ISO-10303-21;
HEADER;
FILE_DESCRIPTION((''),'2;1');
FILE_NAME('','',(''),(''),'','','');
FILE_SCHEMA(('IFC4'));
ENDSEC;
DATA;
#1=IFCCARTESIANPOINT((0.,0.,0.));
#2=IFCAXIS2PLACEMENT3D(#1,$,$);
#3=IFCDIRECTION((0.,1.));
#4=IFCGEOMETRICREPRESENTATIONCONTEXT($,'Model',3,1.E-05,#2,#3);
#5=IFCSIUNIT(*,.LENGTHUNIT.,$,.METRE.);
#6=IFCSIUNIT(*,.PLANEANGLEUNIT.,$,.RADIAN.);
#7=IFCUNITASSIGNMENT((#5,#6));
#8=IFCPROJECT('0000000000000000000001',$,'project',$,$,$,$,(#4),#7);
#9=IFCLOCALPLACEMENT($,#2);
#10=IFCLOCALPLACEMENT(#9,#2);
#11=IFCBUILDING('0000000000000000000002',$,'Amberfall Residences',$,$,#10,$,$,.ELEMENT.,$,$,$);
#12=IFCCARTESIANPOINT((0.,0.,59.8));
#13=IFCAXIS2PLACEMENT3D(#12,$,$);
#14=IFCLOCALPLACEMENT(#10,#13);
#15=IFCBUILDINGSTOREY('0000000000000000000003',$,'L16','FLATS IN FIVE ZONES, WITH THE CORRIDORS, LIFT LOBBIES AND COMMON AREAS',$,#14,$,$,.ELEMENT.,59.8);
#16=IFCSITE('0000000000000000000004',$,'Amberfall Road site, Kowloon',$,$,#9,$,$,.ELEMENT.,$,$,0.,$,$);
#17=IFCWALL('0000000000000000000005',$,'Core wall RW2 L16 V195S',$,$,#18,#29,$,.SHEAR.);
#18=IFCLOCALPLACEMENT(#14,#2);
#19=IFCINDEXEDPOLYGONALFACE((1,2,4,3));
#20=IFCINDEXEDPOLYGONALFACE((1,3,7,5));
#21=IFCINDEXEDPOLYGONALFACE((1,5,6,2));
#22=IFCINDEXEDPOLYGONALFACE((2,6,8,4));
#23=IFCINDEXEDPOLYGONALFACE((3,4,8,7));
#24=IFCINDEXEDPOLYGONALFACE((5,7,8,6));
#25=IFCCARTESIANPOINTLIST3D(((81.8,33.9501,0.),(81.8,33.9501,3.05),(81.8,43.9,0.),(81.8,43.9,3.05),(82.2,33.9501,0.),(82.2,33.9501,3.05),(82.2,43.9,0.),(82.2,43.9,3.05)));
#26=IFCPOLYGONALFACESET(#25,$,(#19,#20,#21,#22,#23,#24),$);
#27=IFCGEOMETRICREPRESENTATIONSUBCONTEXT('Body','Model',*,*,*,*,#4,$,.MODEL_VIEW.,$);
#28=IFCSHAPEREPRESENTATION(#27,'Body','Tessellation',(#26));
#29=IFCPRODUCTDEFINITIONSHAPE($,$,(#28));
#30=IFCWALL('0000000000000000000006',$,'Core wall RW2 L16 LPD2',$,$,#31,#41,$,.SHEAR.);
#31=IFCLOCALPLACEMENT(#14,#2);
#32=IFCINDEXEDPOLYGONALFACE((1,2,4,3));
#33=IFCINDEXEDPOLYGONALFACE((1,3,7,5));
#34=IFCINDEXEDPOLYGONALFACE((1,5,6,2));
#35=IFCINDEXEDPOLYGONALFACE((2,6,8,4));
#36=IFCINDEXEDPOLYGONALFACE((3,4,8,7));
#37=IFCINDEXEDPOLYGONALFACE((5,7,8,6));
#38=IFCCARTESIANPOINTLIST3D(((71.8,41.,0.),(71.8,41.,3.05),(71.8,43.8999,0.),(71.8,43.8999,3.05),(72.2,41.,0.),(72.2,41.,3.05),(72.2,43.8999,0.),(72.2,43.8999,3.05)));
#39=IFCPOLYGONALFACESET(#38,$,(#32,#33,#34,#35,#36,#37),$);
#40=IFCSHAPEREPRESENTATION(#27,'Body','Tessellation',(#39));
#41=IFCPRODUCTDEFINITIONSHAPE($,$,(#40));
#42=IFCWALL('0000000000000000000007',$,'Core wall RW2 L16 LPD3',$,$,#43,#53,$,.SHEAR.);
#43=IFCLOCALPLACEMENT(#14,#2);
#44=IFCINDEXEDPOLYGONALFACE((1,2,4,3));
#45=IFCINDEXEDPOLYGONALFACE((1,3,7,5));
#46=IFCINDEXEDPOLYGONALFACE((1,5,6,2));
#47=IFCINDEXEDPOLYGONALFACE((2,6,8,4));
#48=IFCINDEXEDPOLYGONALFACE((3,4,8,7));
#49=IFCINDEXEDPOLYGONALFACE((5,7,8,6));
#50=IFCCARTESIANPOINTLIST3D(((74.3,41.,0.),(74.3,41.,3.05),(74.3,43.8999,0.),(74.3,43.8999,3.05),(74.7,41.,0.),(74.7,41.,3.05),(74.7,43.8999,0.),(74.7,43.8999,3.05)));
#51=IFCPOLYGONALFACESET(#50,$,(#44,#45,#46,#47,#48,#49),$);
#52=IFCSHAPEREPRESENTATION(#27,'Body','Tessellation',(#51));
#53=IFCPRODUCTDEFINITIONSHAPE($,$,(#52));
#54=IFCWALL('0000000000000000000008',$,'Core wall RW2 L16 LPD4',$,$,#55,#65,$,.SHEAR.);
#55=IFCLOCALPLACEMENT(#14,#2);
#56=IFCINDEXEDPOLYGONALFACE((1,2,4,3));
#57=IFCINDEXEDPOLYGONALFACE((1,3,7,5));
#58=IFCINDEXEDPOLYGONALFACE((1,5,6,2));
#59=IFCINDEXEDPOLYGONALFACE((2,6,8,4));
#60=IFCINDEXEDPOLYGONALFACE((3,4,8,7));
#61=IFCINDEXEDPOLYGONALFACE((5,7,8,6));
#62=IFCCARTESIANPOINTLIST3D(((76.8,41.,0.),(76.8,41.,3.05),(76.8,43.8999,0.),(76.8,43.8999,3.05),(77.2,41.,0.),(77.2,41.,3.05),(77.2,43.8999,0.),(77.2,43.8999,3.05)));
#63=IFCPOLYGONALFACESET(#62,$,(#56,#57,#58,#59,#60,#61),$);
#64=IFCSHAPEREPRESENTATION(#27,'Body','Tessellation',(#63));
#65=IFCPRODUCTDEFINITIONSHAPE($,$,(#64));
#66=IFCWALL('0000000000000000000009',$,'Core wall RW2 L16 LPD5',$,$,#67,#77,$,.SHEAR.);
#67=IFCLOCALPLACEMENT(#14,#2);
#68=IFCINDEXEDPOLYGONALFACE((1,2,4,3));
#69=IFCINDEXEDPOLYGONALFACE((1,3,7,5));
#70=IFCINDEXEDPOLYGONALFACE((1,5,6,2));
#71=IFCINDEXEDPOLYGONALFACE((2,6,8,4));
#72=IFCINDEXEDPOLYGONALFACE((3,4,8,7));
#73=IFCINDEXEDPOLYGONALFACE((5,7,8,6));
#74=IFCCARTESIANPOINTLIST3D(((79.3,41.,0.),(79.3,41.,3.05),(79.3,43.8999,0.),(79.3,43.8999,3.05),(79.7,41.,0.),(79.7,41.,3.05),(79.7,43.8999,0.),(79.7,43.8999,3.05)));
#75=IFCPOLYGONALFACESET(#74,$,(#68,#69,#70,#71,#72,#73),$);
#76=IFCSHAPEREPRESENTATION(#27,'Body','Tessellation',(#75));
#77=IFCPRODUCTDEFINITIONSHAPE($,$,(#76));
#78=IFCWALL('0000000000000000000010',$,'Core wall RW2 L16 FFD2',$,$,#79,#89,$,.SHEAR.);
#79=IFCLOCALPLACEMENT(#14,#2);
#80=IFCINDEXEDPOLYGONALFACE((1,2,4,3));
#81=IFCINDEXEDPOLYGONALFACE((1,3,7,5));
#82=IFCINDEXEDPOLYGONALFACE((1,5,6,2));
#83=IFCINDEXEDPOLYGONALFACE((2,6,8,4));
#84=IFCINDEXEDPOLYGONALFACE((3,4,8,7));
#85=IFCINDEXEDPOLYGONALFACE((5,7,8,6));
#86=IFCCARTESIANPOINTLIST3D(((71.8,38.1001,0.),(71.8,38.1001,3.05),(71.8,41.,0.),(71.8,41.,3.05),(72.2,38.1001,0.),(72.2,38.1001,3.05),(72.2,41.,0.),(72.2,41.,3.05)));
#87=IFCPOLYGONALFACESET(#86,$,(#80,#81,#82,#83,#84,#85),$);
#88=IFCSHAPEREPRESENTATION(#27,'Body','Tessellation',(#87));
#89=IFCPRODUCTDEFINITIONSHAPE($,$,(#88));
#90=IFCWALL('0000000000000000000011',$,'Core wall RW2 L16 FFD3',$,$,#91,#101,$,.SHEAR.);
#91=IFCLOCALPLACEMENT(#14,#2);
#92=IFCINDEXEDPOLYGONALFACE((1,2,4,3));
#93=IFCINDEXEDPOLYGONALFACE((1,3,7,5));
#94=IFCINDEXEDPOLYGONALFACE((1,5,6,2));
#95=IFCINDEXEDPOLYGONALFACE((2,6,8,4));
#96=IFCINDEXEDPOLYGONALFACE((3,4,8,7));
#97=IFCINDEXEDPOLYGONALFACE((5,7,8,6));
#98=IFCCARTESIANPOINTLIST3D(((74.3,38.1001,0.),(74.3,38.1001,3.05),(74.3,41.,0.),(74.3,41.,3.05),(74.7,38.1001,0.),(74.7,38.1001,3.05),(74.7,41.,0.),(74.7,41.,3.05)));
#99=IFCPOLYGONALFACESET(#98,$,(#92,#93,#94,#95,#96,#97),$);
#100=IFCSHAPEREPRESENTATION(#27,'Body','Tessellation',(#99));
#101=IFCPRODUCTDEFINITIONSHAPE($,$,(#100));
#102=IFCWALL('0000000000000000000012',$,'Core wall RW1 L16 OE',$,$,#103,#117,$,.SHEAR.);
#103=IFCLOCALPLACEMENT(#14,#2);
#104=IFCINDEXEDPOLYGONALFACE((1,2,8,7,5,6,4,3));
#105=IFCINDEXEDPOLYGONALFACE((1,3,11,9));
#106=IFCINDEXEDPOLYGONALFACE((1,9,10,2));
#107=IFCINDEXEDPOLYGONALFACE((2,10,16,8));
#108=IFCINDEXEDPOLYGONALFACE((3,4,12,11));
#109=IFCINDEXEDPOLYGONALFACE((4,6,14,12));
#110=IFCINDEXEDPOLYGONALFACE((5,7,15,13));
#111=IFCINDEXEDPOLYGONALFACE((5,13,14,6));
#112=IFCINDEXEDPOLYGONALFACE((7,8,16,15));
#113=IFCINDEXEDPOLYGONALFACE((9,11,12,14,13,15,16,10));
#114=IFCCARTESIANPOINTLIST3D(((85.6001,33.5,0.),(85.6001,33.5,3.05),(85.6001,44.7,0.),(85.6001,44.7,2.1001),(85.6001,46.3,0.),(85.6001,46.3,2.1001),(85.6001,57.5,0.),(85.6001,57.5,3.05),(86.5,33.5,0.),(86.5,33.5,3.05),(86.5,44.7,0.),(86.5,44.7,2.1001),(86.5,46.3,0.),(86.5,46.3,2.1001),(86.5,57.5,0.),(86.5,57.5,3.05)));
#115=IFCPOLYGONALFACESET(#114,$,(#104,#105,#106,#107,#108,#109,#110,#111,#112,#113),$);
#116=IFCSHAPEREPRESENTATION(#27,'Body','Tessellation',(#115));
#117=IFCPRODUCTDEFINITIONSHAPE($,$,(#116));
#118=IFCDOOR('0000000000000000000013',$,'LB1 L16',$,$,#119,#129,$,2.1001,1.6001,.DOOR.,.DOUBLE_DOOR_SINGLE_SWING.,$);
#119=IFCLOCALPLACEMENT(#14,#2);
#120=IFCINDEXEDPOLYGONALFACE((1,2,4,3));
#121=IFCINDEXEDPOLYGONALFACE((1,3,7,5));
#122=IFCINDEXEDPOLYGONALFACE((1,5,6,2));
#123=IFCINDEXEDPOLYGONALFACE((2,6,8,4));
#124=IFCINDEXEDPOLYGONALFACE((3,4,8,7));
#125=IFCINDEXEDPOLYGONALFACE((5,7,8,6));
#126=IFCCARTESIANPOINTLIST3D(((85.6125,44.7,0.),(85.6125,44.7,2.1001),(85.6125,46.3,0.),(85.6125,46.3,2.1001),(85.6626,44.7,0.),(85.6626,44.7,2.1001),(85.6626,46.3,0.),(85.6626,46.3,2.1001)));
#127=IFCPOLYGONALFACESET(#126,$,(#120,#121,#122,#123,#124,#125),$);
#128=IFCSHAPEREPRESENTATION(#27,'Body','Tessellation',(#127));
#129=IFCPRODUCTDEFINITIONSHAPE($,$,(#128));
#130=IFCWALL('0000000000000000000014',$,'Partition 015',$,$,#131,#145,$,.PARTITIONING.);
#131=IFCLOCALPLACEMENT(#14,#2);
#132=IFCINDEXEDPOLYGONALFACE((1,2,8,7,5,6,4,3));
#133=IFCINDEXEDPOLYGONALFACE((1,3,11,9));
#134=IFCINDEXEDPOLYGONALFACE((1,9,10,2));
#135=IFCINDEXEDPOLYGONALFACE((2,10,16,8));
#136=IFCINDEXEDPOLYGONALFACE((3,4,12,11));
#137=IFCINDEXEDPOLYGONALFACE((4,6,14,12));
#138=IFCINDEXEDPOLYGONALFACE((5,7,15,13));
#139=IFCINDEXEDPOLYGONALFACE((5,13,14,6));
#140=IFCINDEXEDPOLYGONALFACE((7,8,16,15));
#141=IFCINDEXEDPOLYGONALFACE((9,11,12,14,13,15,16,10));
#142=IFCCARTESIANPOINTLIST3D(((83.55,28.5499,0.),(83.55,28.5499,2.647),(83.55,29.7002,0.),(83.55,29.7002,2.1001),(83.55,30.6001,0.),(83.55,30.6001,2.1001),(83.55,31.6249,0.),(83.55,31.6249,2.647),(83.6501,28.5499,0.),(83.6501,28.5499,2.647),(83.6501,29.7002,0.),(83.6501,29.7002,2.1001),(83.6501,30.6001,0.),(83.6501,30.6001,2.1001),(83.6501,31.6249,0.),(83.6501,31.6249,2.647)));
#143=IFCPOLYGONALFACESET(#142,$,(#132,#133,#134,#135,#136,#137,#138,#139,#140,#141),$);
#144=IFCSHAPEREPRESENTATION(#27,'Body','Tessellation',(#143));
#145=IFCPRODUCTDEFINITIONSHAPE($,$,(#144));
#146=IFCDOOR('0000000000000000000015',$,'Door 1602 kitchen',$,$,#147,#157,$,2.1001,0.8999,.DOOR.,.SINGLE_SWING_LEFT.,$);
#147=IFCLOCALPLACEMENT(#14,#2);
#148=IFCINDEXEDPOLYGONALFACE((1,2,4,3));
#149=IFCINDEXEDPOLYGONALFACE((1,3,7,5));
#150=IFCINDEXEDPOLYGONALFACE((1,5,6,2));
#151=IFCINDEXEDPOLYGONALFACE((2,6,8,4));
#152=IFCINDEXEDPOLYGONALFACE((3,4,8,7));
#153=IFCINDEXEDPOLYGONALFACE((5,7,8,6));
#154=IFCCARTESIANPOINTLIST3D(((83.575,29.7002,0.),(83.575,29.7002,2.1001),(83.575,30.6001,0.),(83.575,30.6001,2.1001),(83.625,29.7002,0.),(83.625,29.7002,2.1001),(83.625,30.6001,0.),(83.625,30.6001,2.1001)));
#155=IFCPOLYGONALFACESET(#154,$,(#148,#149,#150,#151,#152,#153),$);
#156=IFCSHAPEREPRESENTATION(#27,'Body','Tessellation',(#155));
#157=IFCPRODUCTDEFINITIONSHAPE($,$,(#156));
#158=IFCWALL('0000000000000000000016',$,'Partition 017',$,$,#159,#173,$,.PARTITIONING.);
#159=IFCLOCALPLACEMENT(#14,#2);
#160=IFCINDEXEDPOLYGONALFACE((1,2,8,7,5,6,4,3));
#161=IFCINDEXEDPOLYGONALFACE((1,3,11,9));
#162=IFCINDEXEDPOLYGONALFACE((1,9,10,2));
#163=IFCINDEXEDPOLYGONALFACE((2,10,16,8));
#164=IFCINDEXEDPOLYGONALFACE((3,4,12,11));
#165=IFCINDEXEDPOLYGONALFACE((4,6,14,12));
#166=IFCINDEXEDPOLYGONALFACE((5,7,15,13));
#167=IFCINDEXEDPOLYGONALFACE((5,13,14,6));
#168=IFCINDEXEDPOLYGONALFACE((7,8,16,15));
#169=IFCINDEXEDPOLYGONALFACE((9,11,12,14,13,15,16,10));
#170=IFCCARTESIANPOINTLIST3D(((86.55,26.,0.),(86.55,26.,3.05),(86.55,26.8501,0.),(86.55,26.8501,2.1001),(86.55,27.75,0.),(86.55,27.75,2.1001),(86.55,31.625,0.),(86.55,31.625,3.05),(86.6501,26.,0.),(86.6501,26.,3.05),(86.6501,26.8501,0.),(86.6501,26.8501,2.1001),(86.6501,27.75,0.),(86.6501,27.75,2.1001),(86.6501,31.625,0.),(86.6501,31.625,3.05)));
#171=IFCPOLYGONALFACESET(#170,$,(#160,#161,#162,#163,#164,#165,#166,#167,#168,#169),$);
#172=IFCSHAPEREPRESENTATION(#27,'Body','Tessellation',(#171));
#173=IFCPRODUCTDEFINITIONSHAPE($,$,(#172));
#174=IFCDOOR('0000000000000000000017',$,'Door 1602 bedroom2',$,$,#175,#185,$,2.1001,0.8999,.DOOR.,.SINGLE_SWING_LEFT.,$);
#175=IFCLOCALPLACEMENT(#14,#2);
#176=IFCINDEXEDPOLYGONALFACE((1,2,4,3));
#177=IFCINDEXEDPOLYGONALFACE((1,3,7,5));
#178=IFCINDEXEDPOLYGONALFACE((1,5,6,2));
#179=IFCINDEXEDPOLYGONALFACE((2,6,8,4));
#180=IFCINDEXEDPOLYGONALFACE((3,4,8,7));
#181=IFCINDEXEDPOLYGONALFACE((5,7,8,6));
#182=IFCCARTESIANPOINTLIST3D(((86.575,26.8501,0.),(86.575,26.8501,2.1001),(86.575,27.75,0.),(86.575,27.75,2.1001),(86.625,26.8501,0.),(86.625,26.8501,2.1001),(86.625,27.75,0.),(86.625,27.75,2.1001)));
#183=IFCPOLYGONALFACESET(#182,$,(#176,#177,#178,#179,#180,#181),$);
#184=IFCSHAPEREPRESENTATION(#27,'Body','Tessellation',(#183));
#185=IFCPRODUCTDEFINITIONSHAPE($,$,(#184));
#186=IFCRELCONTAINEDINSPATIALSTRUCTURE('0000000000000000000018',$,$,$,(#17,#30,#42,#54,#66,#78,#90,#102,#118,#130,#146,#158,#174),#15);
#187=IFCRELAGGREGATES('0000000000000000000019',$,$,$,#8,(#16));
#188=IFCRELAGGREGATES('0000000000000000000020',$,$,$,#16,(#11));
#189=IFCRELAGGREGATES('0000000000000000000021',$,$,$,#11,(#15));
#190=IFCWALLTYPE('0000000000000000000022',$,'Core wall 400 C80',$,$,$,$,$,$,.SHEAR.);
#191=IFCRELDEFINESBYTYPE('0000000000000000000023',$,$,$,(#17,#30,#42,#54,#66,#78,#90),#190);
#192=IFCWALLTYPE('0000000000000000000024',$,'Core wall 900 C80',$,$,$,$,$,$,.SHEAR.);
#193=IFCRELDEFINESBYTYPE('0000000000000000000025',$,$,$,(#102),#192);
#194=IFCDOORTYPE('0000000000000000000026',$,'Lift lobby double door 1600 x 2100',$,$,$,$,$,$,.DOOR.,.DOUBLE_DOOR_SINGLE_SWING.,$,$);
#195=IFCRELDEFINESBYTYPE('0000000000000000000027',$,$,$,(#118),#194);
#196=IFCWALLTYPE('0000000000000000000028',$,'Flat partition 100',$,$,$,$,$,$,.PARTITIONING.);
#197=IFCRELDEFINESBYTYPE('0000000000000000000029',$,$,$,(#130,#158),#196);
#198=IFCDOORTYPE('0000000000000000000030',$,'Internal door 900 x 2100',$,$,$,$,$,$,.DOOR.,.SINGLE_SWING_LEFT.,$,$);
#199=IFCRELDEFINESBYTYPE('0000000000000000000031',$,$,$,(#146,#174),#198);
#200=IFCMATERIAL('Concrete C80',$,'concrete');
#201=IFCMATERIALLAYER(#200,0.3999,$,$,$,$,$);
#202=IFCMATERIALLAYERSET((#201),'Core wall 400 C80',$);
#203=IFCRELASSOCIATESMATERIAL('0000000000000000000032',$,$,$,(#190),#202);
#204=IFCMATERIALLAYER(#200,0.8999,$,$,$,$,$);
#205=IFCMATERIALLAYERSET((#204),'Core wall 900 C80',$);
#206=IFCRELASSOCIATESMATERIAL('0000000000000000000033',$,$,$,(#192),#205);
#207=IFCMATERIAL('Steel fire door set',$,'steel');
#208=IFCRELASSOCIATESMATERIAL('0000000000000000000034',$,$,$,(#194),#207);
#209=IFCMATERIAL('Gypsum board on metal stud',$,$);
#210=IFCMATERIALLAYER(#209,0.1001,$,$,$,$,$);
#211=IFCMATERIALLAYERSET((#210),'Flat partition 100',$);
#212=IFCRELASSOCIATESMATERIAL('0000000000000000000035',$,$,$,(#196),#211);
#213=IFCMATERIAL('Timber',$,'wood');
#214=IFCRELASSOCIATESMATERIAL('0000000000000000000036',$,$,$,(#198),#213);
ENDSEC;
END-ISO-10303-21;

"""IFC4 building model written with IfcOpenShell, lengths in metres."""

from ifc_helpers import new_model, si_unit, direction, frame, frame_2d, origin, place, context, subcontext, project, spatial, rectangle, extrude, material, layer, layer_set, type_object, element, fill, save


model = new_model("IFC4")

# Units and contexts
model_context = context("Model", 3, precision=1e-05, world=origin(), true_north=direction((0.0, 1.0)))
body_context = subcontext(model_context, "Body", "Model", "MODEL_VIEW")
ifc_project = project(units=[si_unit("LENGTHUNIT", "METRE"), si_unit("PLANEANGLEUNIT", "RADIAN")], contexts=[model_context])

# Site, building, storey
site_placement = place(None, origin())
site = spatial("IfcSite", under=ifc_project, at=site_placement, Name="Amberfall Road site, Kowloon", CompositionType="ELEMENT", RefElevation=0.0)
building_placement = place(site_placement, origin())
building = spatial("IfcBuilding", under=site, at=building_placement, Name="Amberfall Residences", CompositionType="ELEMENT")
storey_placement = place(building_placement, frame((0.0, 0.0, 59.8)))
storey = spatial("IfcBuildingStorey", under=building, at=storey_placement, Name="L16", Description="FLATS IN FIVE ZONES, WITH THE CORRIDORS, LIFT LOBBIES AND COMMON AREAS", CompositionType="ELEMENT", Elevation=59.8)

# Walls
ifc_material_1 = material(Name="Concrete C80", Category="concrete")
ifc_layer_1 = layer(ifc_material_1, 0.3999)
ifc_layer_set_1 = layer_set([ifc_layer_1], Name="Core wall 400 C80")
wall_type_1 = type_object("IfcWallType", Name="Core wall 400 C80", PredefinedType="SHEAR", material=ifc_layer_set_1)
wall_1_placement = place(storey_placement, frame((82.0, 33.95, 0.0), z_axis=(0.0, 0.0, 1.0), x_axis=(0.0, 1.0, 0.0)))
element("IfcWall", 1, at=wall_1_placement, inside=storey, type_object=wall_type_1, Name="Core wall RW2 L16 V195S", PredefinedType="SHEAR", context=body_context, shape_type="SweptSolid", body=[
    extrude(rectangle(XDim=9.95, YDim=0.3999, at=frame_2d((4.9751, 0.0))), origin(), (0.0, 0.0, 1.0), 3.05),
])
for number, where, z_axis, x_axis, name in (
    (2, (72.0, 41.0, 0.0), (0.0, 0.0, 1.0), (0.0, 1.0, 0.0), "Core wall RW2 L16 LPD2"),
    (3, (74.5, 41.0, 0.0), (0.0, 0.0, 1.0), (0.0, 1.0, 0.0), "Core wall RW2 L16 LPD3"),
    (4, (77.0, 41.0, 0.0), (0.0, 0.0, 1.0), (0.0, 1.0, 0.0), "Core wall RW2 L16 LPD4"),
    (5, (79.5, 41.0, 0.0), (0.0, 0.0, 1.0), (0.0, 1.0, 0.0), "Core wall RW2 L16 LPD5"),
    (6, (72.0, 38.1001, 0.0), (0.0, 0.0, 1.0), (0.0, 1.0, 0.0), "Core wall RW2 L16 FFD2"),
    (7, (74.5, 38.1001, 0.0), (0.0, 0.0, 1.0), (0.0, 1.0, 0.0), "Core wall RW2 L16 FFD3"),
):
    element("IfcWall", number, at=place(storey_placement, frame(where, z_axis=z_axis, x_axis=x_axis)), inside=storey, type_object=wall_type_1, Name=name, PredefinedType="SHEAR", context=body_context, shape_type="SweptSolid", body=[
        extrude(rectangle(XDim=2.8999, YDim=0.3999, at=frame_2d((1.45, 0.0))), origin(), (0.0, 0.0, 1.0), 3.05),
    ])

# Walls, openings, doors
ifc_layer_2 = layer(ifc_material_1, 0.8999)
ifc_layer_set_2 = layer_set([ifc_layer_2], Name="Core wall 900 C80")
wall_type_2 = type_object("IfcWallType", Name="Core wall 900 C80", PredefinedType="SHEAR", material=ifc_layer_set_2)
wall_2_placement = place(storey_placement, frame((86.05, 33.5, 0.0), z_axis=(0.0, 0.0, 1.0), x_axis=(0.0, 1.0, 0.0)))
wall_2 = element("IfcWall", 8, at=wall_2_placement, inside=storey, type_object=wall_type_2, Name="Core wall RW1 L16 OE", PredefinedType="SHEAR", context=body_context, shape_type="SweptSolid", body=[
    extrude(rectangle(XDim=24.0, YDim=0.8999, at=frame_2d((12.0, 0.0))), origin(), (0.0, 0.0, 1.0), 3.05),
])
opening_1_placement = place(wall_2_placement, frame((11.2, 0.0, 0.0)))
opening_1 = element("IfcOpeningElement", 9, at=opening_1_placement, cuts=wall_2, PredefinedType="OPENING", context=body_context, shape_type="SweptSolid", body=[
    extrude(rectangle(XDim=1.6001, YDim=2.1001, at=frame_2d((0.8, 1.05))), frame((0.0, 0.46, 0.0), z_axis=(0.0, -1.0, 0.0), x_axis=(1.0, 0.0, 0.0)), (0.0, 0.0, 1.0), 0.9199),
])
ifc_material_2 = material(Name="Steel fire door set", Category="steel")
door_type_1 = type_object("IfcDoorType", Name="Lift lobby double door 1600 x 2100", OperationType="DOUBLE_DOOR_SINGLE_SWING", PredefinedType="DOOR", material=ifc_material_2)
door_1_placement = place(opening_1_placement, origin())
door_1 = element("IfcDoor", 10, at=door_1_placement, inside=storey, type_object=door_type_1, Name="LB1 L16", OperationType="DOUBLE_DOOR_SINGLE_SWING", OverallHeight=2.1001, OverallWidth=1.6001, PredefinedType="DOOR", context=body_context, shape_type="SweptSolid", body=[
    extrude(rectangle(XDim=1.6001, YDim=2.1001, at=frame_2d((0.8, 1.05))), frame((0.0, 0.4375, 0.0), z_axis=(0.0, -1.0, 0.0), x_axis=(1.0, 0.0, 0.0)), (0.0, 0.0, 1.0), 0.05),
])
fill(opening_1, door_1)
ifc_material_3 = material(Name="Gypsum board on metal stud")
ifc_layer_3 = layer(ifc_material_3, 0.1001)
ifc_layer_set_3 = layer_set([ifc_layer_3], Name="Flat partition 100")
wall_type_3 = type_object("IfcWallType", Name="Flat partition 100", PredefinedType="PARTITIONING", material=ifc_layer_set_3)
wall_3_placement = place(storey_placement, frame((83.6001, 31.625, 0.0), z_axis=(0.0, 0.0, 1.0), x_axis=(0.0, -1.0, 0.0)))
wall_3 = element("IfcWall", 11, at=wall_3_placement, inside=storey, type_object=wall_type_3, Name="Partition 015", PredefinedType="PARTITIONING", context=body_context, shape_type="SweptSolid", body=[
    extrude(rectangle(XDim=3.075, YDim=0.1001, at=frame_2d((1.5376, 0.0))), origin(), (0.0, 0.0, 1.0), 2.647),
])
opening_2_placement = place(wall_3_placement, frame((1.0249, 0.0, 0.0)))
opening_2 = element("IfcOpeningElement", 12, at=opening_2_placement, cuts=wall_3, PredefinedType="OPENING", context=body_context, shape_type="SweptSolid", body=[
    extrude(rectangle(XDim=0.8999, YDim=2.1001, at=frame_2d((0.45, 1.05))), frame((0.0, 0.0601, 0.0), z_axis=(0.0, -1.0, 0.0), x_axis=(1.0, 0.0, 0.0)), (0.0, 0.0, 1.0), 0.1201),
])
ifc_material_4 = material(Name="Timber", Category="wood")
door_type_2 = type_object("IfcDoorType", Name="Internal door 900 x 2100", OperationType="SINGLE_SWING_LEFT", PredefinedType="DOOR", material=ifc_material_4)
door_2_placement = place(opening_2_placement, origin())
door_2 = element("IfcDoor", 13, at=door_2_placement, inside=storey, type_object=door_type_2, Name="Door 1602 kitchen", OperationType="SINGLE_SWING_LEFT", OverallHeight=2.1001, OverallWidth=0.8999, PredefinedType="DOOR", context=body_context, shape_type="SweptSolid", body=[
    extrude(rectangle(XDim=0.8999, YDim=2.1001, at=frame_2d((0.45, 1.05))), frame((0.0, 0.0249, 0.0), z_axis=(0.0, -1.0, 0.0), x_axis=(1.0, 0.0, 0.0)), (0.0, 0.0, 1.0), 0.05),
])
fill(opening_2, door_2)
wall_4_placement = place(storey_placement, frame((86.6001, 31.625, 0.0), z_axis=(0.0, 0.0, 1.0), x_axis=(0.0, -1.0, 0.0)))
wall_4 = element("IfcWall", 14, at=wall_4_placement, inside=storey, type_object=wall_type_3, Name="Partition 017", PredefinedType="PARTITIONING", context=body_context, shape_type="SweptSolid", body=[
    extrude(rectangle(XDim=5.625, YDim=0.1001, at=frame_2d((2.8125, 0.0))), origin(), (0.0, 0.0, 1.0), 3.05),
])
opening_3_placement = place(wall_4_placement, frame((3.875, 0.0, 0.0)))
opening_3 = element("IfcOpeningElement", 15, at=opening_3_placement, cuts=wall_4, PredefinedType="OPENING", context=body_context, shape_type="SweptSolid", body=[
    extrude(rectangle(XDim=0.8999, YDim=2.1001, at=frame_2d((0.45, 1.05))), frame((0.0, 0.0601, 0.0), z_axis=(0.0, -1.0, 0.0), x_axis=(1.0, 0.0, 0.0)), (0.0, 0.0, 1.0), 0.1201),
])
door_3_placement = place(opening_3_placement, origin())
door_3 = element("IfcDoor", 16, at=door_3_placement, inside=storey, type_object=door_type_2, Name="Door 1602 bedroom2", OperationType="SINGLE_SWING_LEFT", OverallHeight=2.1001, OverallWidth=0.8999, PredefinedType="DOOR", context=body_context, shape_type="SweptSolid", body=[
    extrude(rectangle(XDim=0.8999, YDim=2.1001, at=frame_2d((0.45, 1.05))), frame((0.0, 0.0249, 0.0), z_axis=(0.0, -1.0, 0.0), x_axis=(1.0, 0.0, 0.0)), (0.0, 0.0, 1.0), 0.05),
])
fill(opening_3, door_3)

save(model, "model.ifc")
